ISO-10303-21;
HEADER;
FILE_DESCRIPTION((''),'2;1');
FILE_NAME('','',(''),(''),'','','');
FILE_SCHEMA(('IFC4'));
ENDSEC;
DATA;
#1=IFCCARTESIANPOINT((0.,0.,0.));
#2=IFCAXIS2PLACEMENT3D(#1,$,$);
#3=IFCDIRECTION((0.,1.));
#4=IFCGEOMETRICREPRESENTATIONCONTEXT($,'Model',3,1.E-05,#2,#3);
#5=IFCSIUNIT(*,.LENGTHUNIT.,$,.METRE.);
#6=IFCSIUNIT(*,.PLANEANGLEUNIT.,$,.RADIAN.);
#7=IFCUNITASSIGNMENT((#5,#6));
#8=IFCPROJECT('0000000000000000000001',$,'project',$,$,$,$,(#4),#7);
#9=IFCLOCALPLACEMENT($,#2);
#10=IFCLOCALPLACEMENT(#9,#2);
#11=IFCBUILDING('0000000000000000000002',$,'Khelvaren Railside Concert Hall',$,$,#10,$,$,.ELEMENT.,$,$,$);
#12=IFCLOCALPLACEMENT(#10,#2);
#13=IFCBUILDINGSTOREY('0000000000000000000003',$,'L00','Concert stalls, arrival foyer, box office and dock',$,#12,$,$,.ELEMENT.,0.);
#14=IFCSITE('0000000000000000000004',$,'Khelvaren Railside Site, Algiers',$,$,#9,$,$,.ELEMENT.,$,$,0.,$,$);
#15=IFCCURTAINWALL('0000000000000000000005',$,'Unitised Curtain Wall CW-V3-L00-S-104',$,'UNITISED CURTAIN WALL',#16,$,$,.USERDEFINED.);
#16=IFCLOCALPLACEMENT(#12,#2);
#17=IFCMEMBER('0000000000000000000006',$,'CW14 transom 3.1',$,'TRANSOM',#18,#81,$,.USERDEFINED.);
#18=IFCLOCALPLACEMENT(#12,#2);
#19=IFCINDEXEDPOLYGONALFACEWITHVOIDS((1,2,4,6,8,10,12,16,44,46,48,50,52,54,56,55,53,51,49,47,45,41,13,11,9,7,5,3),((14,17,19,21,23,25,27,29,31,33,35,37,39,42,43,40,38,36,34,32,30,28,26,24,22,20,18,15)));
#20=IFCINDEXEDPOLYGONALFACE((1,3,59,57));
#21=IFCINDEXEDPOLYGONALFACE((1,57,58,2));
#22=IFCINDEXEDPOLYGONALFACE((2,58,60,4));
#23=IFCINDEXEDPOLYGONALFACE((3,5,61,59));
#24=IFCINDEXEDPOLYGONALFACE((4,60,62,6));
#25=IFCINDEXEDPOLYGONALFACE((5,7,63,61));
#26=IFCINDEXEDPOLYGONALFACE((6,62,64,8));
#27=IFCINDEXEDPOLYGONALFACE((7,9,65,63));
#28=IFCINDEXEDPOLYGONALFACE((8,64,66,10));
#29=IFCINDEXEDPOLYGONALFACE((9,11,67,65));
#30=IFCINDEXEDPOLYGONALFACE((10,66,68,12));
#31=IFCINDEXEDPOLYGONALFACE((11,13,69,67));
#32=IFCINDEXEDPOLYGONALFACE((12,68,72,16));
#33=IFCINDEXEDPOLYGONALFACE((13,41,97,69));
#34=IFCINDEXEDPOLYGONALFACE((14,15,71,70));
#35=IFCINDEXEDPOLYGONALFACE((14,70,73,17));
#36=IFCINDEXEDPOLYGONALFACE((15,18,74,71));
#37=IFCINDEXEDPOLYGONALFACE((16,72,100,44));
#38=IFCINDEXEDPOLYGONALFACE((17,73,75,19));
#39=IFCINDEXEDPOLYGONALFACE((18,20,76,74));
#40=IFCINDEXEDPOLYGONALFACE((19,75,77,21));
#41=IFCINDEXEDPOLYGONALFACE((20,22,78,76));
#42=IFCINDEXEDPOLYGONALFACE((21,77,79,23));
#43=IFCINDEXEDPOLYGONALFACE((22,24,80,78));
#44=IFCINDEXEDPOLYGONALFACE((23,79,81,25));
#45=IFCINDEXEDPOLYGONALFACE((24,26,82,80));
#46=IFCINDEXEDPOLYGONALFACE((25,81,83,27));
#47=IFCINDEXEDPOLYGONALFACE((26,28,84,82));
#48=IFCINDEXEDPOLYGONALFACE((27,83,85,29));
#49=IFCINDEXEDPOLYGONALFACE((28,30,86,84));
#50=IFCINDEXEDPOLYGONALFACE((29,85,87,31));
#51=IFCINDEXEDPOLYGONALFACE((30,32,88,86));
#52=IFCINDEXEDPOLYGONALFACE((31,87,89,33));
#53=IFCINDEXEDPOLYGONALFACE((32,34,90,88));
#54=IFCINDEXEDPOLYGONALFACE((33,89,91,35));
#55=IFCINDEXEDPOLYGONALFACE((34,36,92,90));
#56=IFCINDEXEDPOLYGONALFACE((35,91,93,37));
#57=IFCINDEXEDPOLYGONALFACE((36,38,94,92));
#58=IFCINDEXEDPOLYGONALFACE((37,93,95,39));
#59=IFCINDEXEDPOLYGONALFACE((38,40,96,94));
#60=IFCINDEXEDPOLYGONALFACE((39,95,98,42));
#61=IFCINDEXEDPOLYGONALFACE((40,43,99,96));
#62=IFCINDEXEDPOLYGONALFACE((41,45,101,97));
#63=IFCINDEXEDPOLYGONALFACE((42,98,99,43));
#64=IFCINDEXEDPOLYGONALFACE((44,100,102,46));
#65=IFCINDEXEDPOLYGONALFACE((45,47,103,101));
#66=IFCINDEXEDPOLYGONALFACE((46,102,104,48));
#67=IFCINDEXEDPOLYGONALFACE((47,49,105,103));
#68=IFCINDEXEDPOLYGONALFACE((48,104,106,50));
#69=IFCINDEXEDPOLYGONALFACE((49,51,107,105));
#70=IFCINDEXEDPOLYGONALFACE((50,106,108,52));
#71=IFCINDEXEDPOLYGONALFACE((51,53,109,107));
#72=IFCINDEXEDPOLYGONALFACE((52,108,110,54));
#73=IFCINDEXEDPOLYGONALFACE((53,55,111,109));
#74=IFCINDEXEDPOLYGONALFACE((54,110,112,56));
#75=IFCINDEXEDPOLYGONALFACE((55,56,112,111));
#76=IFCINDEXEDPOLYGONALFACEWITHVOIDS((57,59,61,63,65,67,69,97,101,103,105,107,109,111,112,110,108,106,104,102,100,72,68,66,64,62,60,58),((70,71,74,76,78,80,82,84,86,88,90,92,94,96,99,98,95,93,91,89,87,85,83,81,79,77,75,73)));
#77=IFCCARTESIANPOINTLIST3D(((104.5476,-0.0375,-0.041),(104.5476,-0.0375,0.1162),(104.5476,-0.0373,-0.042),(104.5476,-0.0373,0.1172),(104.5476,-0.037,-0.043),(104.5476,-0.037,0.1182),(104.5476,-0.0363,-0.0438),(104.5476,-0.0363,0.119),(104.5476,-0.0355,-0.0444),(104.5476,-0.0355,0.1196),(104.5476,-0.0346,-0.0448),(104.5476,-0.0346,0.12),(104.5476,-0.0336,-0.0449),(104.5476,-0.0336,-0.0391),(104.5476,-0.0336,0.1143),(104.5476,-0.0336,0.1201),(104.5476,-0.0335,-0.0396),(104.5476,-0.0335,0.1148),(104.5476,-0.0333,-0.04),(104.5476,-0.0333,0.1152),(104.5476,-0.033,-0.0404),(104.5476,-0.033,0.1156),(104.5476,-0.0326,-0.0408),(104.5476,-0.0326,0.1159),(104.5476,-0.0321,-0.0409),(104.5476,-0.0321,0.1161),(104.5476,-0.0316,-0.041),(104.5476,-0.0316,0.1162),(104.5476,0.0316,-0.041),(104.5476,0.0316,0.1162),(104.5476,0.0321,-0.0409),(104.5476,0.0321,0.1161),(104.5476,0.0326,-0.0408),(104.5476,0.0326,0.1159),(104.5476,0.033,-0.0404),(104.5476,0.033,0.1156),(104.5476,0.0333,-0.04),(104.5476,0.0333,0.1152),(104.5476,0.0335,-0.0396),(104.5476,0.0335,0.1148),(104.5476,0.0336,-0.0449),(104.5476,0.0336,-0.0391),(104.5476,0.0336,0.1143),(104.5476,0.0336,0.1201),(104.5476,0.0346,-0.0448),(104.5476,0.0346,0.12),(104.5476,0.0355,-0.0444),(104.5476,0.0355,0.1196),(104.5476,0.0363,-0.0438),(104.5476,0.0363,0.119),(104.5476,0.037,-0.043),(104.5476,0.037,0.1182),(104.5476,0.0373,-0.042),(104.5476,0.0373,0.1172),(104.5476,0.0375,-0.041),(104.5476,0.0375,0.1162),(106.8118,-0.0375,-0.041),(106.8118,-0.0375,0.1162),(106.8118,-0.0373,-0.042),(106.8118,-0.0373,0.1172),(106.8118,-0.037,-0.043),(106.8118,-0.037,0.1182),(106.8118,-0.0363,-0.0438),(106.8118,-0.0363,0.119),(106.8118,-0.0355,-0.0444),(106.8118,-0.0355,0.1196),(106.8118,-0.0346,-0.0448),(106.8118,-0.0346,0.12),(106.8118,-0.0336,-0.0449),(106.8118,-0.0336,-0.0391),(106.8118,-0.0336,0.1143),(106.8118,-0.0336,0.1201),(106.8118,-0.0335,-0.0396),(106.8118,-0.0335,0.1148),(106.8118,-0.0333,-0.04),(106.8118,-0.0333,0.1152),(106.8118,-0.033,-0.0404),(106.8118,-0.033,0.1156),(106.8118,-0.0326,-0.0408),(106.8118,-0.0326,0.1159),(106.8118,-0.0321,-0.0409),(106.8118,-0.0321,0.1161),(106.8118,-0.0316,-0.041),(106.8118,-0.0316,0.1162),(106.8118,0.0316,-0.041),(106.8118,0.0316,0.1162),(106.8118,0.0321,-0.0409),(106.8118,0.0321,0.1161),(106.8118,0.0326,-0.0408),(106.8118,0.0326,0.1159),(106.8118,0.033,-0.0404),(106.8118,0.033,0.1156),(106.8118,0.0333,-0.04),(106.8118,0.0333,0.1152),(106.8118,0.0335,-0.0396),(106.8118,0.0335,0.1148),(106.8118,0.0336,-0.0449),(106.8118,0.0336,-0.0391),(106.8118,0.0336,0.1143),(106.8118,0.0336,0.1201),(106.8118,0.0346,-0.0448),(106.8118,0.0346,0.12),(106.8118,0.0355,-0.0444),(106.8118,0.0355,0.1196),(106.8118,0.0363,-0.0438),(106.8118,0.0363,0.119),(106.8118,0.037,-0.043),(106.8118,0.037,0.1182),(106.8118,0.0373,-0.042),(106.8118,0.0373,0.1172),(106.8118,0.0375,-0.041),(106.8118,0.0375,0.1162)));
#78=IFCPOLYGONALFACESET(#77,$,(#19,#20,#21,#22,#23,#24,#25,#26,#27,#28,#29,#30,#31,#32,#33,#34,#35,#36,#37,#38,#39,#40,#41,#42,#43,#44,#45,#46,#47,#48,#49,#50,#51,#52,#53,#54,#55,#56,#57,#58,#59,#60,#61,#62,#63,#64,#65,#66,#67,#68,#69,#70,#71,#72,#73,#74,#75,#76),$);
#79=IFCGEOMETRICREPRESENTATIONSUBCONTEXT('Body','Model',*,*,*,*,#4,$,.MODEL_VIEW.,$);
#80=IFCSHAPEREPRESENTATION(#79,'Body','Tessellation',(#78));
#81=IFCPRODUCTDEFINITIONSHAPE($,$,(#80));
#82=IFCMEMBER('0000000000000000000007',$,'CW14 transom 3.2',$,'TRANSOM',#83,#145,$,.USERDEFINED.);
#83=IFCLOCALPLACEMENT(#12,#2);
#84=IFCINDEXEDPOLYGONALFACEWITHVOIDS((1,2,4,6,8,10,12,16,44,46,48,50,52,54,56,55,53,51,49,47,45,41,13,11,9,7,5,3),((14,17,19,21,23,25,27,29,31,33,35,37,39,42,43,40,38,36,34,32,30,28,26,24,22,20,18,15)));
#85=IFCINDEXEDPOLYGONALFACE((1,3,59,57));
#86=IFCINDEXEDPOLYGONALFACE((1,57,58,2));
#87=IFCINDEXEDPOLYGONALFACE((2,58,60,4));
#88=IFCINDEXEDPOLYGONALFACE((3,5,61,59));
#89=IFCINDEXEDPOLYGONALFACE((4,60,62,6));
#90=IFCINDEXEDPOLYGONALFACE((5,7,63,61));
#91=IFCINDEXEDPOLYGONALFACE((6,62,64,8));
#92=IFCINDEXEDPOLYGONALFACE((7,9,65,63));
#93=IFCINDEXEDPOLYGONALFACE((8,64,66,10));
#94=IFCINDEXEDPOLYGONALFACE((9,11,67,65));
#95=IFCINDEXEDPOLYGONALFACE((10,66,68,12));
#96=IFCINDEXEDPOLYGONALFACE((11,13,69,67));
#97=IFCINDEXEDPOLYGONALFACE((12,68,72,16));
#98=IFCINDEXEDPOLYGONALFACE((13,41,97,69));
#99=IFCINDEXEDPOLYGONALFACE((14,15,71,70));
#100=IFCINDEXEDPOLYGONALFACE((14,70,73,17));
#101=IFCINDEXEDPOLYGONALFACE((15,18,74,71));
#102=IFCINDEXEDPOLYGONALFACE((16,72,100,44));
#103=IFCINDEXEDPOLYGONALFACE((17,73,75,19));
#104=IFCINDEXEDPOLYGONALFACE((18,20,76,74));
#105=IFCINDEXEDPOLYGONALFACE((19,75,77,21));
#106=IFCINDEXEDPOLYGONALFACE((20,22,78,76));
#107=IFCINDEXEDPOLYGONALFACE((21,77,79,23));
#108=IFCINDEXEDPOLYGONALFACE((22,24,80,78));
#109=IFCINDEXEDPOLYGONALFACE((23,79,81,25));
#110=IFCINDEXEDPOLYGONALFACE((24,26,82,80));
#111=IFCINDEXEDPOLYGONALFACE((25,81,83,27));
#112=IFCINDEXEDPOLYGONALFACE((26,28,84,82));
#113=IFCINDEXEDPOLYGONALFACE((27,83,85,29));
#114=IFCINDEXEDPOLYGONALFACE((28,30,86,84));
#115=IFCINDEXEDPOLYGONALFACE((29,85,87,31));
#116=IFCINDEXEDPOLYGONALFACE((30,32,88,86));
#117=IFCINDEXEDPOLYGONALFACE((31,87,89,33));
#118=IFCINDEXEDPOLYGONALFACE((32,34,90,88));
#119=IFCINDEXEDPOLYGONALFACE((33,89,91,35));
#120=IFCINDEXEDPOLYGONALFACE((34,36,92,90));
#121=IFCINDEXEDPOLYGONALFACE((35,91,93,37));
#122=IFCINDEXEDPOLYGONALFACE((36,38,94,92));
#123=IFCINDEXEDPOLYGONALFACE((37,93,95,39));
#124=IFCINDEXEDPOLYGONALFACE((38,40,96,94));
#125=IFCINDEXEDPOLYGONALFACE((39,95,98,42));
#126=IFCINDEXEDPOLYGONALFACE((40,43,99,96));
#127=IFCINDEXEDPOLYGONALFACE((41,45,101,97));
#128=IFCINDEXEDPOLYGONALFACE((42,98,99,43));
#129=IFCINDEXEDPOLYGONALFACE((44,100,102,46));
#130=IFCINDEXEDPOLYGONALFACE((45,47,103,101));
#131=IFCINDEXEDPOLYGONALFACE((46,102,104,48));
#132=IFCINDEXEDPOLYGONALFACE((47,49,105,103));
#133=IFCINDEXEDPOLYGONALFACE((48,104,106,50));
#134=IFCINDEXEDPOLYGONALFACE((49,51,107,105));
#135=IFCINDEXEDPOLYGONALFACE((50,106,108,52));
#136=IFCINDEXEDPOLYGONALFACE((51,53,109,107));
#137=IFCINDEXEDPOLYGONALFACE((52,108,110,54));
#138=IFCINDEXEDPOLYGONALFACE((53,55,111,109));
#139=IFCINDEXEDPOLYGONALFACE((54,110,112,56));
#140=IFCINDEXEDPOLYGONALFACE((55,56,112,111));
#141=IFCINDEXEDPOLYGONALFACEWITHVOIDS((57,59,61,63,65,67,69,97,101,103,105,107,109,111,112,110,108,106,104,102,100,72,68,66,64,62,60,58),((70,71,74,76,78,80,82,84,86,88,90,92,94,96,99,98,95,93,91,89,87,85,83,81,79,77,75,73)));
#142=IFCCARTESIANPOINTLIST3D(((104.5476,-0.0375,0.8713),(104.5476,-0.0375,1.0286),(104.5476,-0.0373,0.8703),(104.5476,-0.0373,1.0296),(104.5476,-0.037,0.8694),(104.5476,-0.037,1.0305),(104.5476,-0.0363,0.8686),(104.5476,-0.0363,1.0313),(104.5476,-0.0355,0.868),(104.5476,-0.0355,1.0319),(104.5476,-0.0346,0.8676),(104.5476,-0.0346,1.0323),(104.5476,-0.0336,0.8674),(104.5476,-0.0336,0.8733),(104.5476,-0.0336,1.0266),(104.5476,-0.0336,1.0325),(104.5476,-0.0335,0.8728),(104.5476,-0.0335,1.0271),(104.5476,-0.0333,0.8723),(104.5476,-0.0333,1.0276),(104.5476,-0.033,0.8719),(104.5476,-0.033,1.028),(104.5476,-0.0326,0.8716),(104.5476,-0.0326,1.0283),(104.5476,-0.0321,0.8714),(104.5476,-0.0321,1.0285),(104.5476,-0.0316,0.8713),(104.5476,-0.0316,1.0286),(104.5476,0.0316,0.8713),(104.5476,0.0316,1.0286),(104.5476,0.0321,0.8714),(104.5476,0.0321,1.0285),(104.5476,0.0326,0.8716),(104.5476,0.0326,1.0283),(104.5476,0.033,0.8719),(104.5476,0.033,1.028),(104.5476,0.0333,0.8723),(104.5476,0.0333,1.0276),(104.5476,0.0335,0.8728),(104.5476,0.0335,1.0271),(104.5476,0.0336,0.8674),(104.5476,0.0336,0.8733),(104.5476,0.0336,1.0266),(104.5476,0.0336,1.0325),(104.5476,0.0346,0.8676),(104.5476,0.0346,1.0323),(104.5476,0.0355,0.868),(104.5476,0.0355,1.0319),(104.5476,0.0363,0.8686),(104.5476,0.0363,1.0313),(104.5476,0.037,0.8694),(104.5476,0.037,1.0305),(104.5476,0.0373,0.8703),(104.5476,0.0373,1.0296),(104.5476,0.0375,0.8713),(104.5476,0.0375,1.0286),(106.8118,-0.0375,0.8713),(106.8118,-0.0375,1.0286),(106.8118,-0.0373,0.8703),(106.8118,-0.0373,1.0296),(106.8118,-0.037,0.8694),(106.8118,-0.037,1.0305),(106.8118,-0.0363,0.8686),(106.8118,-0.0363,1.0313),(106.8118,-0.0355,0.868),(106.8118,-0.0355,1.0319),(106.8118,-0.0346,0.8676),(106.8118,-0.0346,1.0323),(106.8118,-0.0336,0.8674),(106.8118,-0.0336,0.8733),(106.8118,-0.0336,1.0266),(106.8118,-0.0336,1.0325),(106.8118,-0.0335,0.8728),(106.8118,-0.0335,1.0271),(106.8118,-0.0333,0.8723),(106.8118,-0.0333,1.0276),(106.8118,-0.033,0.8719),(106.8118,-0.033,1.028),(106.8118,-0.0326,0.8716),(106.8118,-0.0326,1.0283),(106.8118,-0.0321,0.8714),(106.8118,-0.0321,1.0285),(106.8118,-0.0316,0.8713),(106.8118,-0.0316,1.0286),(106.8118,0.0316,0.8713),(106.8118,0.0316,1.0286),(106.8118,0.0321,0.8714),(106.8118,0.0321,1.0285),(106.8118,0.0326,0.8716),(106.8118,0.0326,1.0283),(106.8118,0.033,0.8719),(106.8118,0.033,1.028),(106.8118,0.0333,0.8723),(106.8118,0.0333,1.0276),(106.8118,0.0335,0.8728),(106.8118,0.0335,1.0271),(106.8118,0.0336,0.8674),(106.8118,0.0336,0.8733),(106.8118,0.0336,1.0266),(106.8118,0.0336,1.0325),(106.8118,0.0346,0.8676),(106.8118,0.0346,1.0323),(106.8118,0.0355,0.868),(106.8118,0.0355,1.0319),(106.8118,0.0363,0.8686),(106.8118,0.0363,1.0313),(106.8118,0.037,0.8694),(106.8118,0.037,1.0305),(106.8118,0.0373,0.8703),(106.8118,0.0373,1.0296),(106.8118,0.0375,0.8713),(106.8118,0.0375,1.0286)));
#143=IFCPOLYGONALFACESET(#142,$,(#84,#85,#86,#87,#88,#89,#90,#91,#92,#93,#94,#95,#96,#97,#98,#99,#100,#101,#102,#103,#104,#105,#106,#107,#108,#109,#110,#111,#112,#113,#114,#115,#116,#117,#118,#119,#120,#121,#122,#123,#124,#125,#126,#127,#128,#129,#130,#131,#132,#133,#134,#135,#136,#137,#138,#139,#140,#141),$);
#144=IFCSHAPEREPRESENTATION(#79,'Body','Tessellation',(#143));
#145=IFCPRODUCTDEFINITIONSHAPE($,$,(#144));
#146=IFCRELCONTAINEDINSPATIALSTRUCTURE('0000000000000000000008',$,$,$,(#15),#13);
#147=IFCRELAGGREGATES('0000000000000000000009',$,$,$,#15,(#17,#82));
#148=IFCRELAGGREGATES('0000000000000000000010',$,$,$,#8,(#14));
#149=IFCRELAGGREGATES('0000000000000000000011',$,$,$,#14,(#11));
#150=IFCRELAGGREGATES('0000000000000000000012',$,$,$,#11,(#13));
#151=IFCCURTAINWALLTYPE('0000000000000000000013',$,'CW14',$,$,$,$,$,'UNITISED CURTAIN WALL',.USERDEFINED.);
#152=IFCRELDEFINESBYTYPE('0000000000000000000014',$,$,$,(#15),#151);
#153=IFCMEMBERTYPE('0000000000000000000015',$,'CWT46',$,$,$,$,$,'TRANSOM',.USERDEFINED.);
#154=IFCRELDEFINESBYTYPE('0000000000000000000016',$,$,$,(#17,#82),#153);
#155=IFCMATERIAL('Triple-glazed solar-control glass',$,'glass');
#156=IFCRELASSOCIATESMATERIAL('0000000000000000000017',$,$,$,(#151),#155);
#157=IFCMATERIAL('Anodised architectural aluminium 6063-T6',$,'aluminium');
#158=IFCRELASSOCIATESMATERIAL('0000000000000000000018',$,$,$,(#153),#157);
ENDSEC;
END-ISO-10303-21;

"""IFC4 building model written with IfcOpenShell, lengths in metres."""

from ifc_helpers import new_model, si_unit, direction, frame, origin, origin_2d, place, context, subcontext, project, spatial, hollow_rectangle, extrude, material, material_profile, profile_set, type_object, element, aggregate, save


model = new_model("IFC4")

# Units and contexts
model_context = context("Model", 3, precision=1e-05, world=origin(), true_north=direction((0.0, 1.0)))
body_context = subcontext(model_context, "Body", "Model", "MODEL_VIEW")
ifc_project = project(units=[si_unit("LENGTHUNIT", "METRE"), si_unit("PLANEANGLEUNIT", "RADIAN")], contexts=[model_context])

# Site, building, storey
site_placement = place(None, origin())
site = spatial("IfcSite", under=ifc_project, at=site_placement, Name="Khelvaren Railside Site, Algiers", CompositionType="ELEMENT", RefElevation=0.0)
building_placement = place(site_placement, origin())
building = spatial("IfcBuilding", under=site, at=building_placement, Name="Khelvaren Railside Concert Hall", CompositionType="ELEMENT")
storey_placement = place(building_placement, origin())
storey = spatial("IfcBuildingStorey", under=building, at=storey_placement, Name="L00", Description="Concert stalls, arrival foyer, box office and dock", CompositionType="ELEMENT", Elevation=0.0)

# Curtain wall, members
ifc_material_1 = material(Name="Triple-glazed solar-control glass", Category="glass")
curtain_wall_type = type_object("IfcCurtainWallType", Name="CW14", ElementType="UNITISED CURTAIN WALL", PredefinedType="USERDEFINED", material=ifc_material_1)
curtain_wall_placement = place(storey_placement, origin())
curtain_wall = element("IfcCurtainWall", 1, at=curtain_wall_placement, inside=storey, type_object=curtain_wall_type, Name="Unitised Curtain Wall CW-V3-L00-S-104", ObjectType="UNITISED CURTAIN WALL", PredefinedType="USERDEFINED")
ifc_material_2 = material(Name="Anodised architectural aluminium 6063-T6", Category="aluminium")
ifc_material_profile_1 = material_profile(ifc_material_2, hollow_rectangle(XDim=0.075, YDim=0.165, WallThickness=0.0039, InnerFilletRadius=0.002, OuterFilletRadius=0.0039, at=origin_2d()), Name="CWT 75x165x4")
ifc_profile_set_1 = profile_set([ifc_material_profile_1], Name="Anodised architectural aluminium 6063-T6")
member_type_1 = type_object("IfcMemberType", Name="CWT46", ElementType="TRANSOM", PredefinedType="USERDEFINED", material=ifc_profile_set_1)
member_1_placement = place(storey_placement, frame((106.8118, 0.0, 0.0376), z_axis=(-1.0, 0.0, 0.0), x_axis=(0.0, -1.0, 0.0)))
member_1 = element("IfcMember", 2, at=member_1_placement, type_object=member_type_1, Name="CW14 transom 3.1", ObjectType="TRANSOM", PredefinedType="USERDEFINED", context=body_context, shape_type="SweptSolid", body=[
    extrude(hollow_rectangle(XDim=0.075, YDim=0.165, WallThickness=0.0039, InnerFilletRadius=0.002, OuterFilletRadius=0.0039, at=origin_2d()), origin(), (0.0, 0.0, 1.0), 2.2642),
])
member_2_placement = place(storey_placement, frame((106.8118, 0.0, 0.95), z_axis=(-1.0, 0.0, 0.0), x_axis=(0.0, -1.0, 0.0)))
member_2 = element("IfcMember", 3, at=member_2_placement, type_object=member_type_1, Name="CW14 transom 3.2", ObjectType="TRANSOM", PredefinedType="USERDEFINED", context=body_context, shape_type="SweptSolid", body=[
    extrude(hollow_rectangle(XDim=0.075, YDim=0.165, WallThickness=0.0039, InnerFilletRadius=0.002, OuterFilletRadius=0.0039, at=origin_2d()), origin(), (0.0, 0.0, 1.0), 2.2642),
])

aggregate(curtain_wall, [member_1, member_2])

save(model, "model.ifc")
